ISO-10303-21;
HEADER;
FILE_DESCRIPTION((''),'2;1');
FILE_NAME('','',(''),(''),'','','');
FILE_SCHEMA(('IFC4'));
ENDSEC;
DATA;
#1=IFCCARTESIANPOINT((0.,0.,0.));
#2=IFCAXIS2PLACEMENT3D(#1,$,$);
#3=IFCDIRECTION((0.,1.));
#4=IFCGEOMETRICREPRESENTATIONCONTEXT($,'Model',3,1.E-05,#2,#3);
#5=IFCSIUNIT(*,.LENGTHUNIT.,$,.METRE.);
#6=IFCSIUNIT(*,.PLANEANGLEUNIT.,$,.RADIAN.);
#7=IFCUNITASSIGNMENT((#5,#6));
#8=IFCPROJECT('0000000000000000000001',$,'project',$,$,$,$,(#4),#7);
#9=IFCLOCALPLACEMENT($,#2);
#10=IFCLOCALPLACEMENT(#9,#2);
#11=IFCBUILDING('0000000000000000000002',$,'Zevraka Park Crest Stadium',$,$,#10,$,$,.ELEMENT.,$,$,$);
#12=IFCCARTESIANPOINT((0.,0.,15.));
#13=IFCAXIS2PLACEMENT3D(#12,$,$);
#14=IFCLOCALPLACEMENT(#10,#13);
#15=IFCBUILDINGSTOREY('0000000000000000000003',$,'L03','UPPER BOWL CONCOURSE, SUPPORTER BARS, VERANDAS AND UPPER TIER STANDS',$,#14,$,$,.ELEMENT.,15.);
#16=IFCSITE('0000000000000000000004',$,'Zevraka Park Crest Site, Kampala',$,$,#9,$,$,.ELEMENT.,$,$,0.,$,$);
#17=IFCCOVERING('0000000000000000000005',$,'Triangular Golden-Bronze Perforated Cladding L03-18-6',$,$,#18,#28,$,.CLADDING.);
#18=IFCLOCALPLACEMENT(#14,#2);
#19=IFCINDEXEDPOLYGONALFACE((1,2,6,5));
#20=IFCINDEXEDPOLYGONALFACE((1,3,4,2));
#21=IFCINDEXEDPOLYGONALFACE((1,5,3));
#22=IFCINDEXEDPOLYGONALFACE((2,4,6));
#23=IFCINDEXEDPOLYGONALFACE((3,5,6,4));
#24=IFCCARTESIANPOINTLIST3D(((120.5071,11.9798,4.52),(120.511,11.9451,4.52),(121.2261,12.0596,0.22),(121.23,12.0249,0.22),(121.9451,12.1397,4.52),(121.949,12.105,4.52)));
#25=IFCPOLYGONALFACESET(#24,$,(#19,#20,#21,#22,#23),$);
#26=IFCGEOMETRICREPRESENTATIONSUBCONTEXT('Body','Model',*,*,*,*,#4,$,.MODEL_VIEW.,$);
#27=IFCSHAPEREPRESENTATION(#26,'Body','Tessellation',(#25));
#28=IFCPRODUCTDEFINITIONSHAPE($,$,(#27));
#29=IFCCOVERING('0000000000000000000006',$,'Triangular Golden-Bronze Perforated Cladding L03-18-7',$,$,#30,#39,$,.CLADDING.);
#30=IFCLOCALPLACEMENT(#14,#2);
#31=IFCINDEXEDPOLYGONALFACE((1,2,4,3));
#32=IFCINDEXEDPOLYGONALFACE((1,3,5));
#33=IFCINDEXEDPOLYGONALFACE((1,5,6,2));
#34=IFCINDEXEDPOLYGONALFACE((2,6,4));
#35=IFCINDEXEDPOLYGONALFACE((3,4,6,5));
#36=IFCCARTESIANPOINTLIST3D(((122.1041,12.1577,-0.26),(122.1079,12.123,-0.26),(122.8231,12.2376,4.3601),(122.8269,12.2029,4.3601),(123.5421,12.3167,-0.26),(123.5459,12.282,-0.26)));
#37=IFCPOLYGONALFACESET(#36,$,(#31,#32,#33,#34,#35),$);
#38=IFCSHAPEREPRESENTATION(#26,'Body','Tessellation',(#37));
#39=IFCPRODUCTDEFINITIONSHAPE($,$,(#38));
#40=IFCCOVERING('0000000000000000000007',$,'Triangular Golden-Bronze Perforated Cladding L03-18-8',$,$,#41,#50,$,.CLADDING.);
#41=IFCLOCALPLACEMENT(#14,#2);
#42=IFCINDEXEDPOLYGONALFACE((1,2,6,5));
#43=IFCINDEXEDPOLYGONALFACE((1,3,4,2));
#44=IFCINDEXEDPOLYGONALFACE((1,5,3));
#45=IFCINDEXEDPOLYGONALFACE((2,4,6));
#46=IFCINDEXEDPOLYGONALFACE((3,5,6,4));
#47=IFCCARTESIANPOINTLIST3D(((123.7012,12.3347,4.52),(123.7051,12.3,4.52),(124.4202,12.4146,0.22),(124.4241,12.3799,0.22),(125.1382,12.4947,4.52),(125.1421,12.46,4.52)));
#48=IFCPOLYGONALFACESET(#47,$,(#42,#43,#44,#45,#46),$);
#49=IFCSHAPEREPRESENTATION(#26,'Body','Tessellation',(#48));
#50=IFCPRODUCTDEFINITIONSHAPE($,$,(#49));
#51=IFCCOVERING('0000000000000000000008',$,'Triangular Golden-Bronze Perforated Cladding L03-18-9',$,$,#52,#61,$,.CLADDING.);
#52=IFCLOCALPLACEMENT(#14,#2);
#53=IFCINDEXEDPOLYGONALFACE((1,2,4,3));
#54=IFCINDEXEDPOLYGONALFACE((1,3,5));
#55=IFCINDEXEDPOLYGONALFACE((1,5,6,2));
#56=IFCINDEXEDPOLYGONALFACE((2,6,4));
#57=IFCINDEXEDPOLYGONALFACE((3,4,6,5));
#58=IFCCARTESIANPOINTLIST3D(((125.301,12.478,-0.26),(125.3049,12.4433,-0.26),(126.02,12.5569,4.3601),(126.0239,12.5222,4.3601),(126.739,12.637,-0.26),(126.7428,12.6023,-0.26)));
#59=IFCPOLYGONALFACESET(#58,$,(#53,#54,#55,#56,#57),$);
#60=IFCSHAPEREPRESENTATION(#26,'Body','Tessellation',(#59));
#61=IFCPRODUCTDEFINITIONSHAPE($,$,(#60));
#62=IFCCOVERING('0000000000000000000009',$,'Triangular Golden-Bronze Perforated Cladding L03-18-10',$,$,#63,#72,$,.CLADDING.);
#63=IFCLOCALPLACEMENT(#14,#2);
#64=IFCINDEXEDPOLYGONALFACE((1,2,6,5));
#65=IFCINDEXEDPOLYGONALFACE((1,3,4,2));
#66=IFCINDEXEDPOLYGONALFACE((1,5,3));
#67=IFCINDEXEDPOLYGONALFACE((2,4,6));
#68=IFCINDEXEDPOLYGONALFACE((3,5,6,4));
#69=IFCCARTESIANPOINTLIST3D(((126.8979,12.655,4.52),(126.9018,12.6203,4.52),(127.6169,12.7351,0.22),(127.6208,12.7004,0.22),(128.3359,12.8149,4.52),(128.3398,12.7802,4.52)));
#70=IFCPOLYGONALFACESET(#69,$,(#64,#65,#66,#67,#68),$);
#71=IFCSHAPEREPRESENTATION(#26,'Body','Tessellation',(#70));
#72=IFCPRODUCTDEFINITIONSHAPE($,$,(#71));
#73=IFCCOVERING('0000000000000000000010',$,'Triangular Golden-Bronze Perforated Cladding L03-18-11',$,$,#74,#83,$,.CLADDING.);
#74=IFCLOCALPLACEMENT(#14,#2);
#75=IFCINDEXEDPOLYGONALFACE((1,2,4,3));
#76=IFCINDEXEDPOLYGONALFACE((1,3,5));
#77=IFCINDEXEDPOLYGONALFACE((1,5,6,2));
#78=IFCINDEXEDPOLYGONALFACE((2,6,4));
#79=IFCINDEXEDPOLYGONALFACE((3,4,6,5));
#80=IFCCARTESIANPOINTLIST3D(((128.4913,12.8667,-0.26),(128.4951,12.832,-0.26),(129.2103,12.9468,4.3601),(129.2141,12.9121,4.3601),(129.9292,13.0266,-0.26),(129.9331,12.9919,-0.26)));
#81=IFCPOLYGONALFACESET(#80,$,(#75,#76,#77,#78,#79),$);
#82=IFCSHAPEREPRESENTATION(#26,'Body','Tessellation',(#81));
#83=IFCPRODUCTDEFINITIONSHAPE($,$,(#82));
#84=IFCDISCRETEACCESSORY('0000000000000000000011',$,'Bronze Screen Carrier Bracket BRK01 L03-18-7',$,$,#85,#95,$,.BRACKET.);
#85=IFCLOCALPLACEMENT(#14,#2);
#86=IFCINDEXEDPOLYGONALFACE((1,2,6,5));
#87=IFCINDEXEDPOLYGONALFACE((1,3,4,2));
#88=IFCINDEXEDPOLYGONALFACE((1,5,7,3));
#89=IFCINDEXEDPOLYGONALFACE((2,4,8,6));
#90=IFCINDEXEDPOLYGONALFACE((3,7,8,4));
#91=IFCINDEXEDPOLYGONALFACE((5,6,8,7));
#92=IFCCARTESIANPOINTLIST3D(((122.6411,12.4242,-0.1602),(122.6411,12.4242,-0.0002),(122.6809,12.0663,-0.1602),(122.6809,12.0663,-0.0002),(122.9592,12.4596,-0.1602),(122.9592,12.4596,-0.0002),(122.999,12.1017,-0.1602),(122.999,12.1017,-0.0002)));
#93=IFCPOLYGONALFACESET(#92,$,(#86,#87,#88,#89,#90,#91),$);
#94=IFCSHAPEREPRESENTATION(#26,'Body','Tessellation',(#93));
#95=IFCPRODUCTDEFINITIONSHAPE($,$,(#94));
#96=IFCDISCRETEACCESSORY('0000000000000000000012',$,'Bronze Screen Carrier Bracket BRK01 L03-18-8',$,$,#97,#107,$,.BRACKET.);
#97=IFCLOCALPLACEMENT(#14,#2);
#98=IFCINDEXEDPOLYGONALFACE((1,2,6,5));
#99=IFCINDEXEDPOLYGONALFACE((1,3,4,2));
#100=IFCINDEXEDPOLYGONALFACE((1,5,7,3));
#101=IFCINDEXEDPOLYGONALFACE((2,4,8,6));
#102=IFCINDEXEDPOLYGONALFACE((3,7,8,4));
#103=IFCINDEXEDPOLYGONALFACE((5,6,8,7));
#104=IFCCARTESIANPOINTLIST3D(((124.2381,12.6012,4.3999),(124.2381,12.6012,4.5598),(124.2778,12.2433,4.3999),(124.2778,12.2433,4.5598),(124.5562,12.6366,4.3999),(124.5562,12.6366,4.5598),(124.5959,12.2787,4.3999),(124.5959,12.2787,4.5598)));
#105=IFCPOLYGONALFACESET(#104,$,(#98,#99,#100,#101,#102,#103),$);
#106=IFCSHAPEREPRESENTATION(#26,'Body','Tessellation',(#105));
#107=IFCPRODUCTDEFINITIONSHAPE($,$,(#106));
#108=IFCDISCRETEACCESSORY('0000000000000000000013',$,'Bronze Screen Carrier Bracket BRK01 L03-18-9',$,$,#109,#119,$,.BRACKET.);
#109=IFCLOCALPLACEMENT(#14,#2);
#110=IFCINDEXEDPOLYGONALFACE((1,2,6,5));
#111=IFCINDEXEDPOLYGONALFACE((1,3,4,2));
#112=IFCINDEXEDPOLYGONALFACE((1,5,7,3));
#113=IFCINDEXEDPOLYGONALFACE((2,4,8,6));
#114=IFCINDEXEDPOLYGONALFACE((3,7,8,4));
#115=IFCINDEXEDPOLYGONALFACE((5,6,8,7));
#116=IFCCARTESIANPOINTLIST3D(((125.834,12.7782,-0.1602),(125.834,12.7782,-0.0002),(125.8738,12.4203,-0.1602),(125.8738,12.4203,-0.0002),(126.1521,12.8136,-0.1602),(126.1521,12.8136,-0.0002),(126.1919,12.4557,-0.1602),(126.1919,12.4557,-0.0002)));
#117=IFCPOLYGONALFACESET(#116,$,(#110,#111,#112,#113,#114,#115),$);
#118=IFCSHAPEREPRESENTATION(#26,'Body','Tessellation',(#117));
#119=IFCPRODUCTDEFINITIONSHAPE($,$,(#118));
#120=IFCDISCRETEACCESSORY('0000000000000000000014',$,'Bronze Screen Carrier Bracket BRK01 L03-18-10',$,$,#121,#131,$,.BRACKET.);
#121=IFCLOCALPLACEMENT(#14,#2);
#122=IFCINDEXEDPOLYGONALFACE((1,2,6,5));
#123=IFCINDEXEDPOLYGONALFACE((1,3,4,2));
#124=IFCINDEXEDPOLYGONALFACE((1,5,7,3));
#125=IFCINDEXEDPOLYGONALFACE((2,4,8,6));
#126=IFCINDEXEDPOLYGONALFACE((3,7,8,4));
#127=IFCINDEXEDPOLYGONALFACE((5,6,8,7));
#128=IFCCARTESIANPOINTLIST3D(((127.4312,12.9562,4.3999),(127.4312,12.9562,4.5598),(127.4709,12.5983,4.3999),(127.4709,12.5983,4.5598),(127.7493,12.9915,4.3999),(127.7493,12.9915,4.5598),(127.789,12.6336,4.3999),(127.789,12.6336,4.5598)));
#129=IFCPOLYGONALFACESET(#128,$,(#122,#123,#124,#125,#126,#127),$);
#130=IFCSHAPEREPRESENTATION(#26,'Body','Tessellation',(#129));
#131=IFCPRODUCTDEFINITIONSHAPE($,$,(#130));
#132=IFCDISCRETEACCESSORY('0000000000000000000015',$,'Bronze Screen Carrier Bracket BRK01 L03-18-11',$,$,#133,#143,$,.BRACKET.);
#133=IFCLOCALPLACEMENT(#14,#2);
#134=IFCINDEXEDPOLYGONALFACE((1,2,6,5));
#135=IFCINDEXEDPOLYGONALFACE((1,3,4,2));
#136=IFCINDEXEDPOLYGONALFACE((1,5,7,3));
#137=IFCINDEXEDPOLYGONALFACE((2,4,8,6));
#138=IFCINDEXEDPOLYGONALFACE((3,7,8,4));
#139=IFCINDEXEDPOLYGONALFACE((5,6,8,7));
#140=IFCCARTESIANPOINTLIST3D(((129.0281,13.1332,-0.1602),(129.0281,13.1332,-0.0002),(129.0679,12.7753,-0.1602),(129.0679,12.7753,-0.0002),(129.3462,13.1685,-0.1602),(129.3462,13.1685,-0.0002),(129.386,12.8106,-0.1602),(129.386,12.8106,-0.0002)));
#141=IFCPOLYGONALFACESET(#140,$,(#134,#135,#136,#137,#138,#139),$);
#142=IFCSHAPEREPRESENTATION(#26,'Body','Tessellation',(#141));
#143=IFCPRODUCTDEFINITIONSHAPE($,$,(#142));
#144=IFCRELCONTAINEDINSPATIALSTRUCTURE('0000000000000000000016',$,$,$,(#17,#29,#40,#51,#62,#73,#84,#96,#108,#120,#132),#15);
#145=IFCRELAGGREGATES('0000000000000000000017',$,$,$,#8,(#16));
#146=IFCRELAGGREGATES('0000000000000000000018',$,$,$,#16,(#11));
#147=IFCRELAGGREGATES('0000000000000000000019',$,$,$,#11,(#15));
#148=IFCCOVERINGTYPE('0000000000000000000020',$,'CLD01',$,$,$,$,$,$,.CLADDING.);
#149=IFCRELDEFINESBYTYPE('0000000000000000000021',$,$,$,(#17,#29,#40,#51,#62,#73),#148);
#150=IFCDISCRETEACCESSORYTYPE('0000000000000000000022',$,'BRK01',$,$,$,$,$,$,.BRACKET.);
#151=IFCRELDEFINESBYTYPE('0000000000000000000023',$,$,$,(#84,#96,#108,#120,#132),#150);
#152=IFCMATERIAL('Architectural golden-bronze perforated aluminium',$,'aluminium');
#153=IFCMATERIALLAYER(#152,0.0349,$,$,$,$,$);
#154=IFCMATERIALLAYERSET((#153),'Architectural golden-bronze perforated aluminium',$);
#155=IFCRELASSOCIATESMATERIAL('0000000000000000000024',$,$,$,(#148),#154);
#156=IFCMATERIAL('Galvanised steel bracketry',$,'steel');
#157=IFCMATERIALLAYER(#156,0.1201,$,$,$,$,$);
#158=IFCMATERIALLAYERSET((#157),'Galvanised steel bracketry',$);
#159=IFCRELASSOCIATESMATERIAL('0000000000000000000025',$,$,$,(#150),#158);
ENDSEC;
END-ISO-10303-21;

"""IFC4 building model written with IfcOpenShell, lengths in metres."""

from ifc_helpers import new_model, si_unit, direction, frame, origin, origin_2d, place, context, subcontext, project, spatial, polyline, rectangle, outline, extrude, material, layer, layer_set, type_object, element, save


model = new_model("IFC4")

# Units and contexts
model_context = context("Model", 3, precision=1e-05, world=origin(), true_north=direction((0.0, 1.0)))
body_context = subcontext(model_context, "Body", "Model", "MODEL_VIEW")
ifc_project = project(units=[si_unit("LENGTHUNIT", "METRE"), si_unit("PLANEANGLEUNIT", "RADIAN")], contexts=[model_context])

# Site, building, storey
site_placement = place(None, origin())
site = spatial("IfcSite", under=ifc_project, at=site_placement, Name="Zevraka Park Crest Site, Kampala", CompositionType="ELEMENT", RefElevation=0.0)
building_placement = place(site_placement, origin())
building = spatial("IfcBuilding", under=site, at=building_placement, Name="Zevraka Park Crest Stadium", CompositionType="ELEMENT")
storey_placement = place(building_placement, frame((0.0, 0.0, 15.0)))
storey = spatial("IfcBuildingStorey", under=building, at=storey_placement, Name="L03", Description="UPPER BOWL CONCOURSE, SUPPORTER BARS, VERANDAS AND UPPER TIER STANDS", CompositionType="ELEMENT", Elevation=15.0)

# Coverings
ifc_material_1 = material(Name="Architectural golden-bronze perforated aluminium", Category="aluminium")
ifc_layer_1 = layer(ifc_material_1, 0.0349)
ifc_layer_set_1 = layer_set([ifc_layer_1], Name="Architectural golden-bronze perforated aluminium")
covering_type = type_object("IfcCoveringType", Name="CLD01", PredefinedType="CLADDING", material=ifc_layer_set_1)
covering_1_placement = place(storey_placement, frame((121.949, 12.105, 4.52), z_axis=(0.110524, -0.993873, 0.000028), x_axis=(-0.993873, -0.110524, 0.0)))
element("IfcCovering", 1, at=covering_1_placement, inside=storey, type_object=covering_type, Name="Triangular Golden-Bronze Perforated Cladding L03-18-6", PredefinedType="CLADDING", context=body_context, shape_type="SweptSolid", body=[
    extrude(outline(polyline([(0.0, 0.0), (1.4469, 0.0), (0.7234, 4.3), (0.0, 0.0)])), origin(), (0.0, 0.0, -1.0), 0.0349),
])
covering_2_placement = place(storey_placement, frame((122.1079, 12.123, -0.26), z_axis=(0.109857, -0.993947, 0.000079), x_axis=(0.993947, 0.109857, 0.0)))
element("IfcCovering", 2, at=covering_2_placement, inside=storey, type_object=covering_type, Name="Triangular Golden-Bronze Perforated Cladding L03-18-7", PredefinedType="CLADDING", context=body_context, shape_type="SweptSolid", body=[
    extrude(outline(polyline([(0.0, 0.0), (1.4467, 0.0), (0.7234, 4.6201), (0.0, 0.0)])), origin(), (0.0, 0.0, -1.0), 0.0349),
])
covering_3_placement = place(storey_placement, frame((125.1421, 12.46, 4.52), z_axis=(0.110598, -0.993865, 0.000041), x_axis=(-0.993865, -0.110598, 0.0)))
element("IfcCovering", 3, at=covering_3_placement, inside=storey, type_object=covering_type, Name="Triangular Golden-Bronze Perforated Cladding L03-18-8", PredefinedType="CLADDING", context=body_context, shape_type="SweptSolid", body=[
    extrude(outline(polyline([(0.0, 0.0), (1.4459, 0.0), (0.7225, 4.3), (0.0, 0.0)])), origin(), (0.0, 0.0, -1.0), 0.0349),
])
covering_4_placement = place(storey_placement, frame((125.301, 12.478, -0.26), z_axis=(-0.109857, 0.993947, 0.000131), x_axis=(0.993947, 0.109857, 0.0)))
element("IfcCovering", 4, at=covering_4_placement, inside=storey, type_object=covering_type, Name="Triangular Golden-Bronze Perforated Cladding L03-18-9", PredefinedType="CLADDING", context=body_context, shape_type="SweptSolid", body=[
    extrude(outline(polyline([(0.0, 0.0), (1.4467, 0.0), (0.7233, -4.6201), (0.0, 0.0)])), origin(), (0.0, 0.0, -1.0), 0.0349),
])
covering_5_placement = place(storey_placement, frame((128.3359, 12.8149, 4.52), z_axis=(-0.110524, 0.993873, 0.000028), x_axis=(-0.993873, -0.110524, 0.0)))
element("IfcCovering", 5, at=covering_5_placement, inside=storey, type_object=covering_type, Name="Triangular Golden-Bronze Perforated Cladding L03-18-10", PredefinedType="CLADDING", context=body_context, shape_type="SweptSolid", body=[
    extrude(outline(polyline([(0.0, 0.0), (1.4469, 0.0), (0.7234, -4.3), (0.0, 0.0)])), origin(), (0.0, 0.0, -1.0), 0.0349),
])
covering_6_placement = place(storey_placement, frame((128.4951, 12.832, -0.26), z_axis=(0.110524, -0.993873, 0.000026), x_axis=(0.993873, 0.110524, 0.0)))
element("IfcCovering", 6, at=covering_6_placement, inside=storey, type_object=covering_type, Name="Triangular Golden-Bronze Perforated Cladding L03-18-11", PredefinedType="CLADDING", context=body_context, shape_type="SweptSolid", body=[
    extrude(outline(polyline([(0.0, 0.0), (1.4469, 0.0), (0.7234, 4.6201), (0.0, 0.0)])), origin(), (0.0, 0.0, -1.0), 0.0349),
])

# Discrete accessories
ifc_material_2 = material(Name="Galvanised steel bracketry", Category="steel")
ifc_layer_2 = layer(ifc_material_2, 0.1201)
ifc_layer_set_2 = layer_set([ifc_layer_2], Name="Galvanised steel bracketry")
discrete_accessory_type = type_object("IfcDiscreteAccessoryType", Name="BRK01", PredefinedType="BRACKET", material=ifc_layer_set_2)
for number, where, z_axis, x_axis, name in (
    (7, (122.8201, 12.2629, -0.1602), (0.0, 0.0, 1.0), (0.993884, 0.110428, 0.0), "Bronze Screen Carrier Bracket BRK01 L03-18-7"),
    (8, (124.417, 12.4399, 4.3999), (0.0, 0.0, 1.0), (0.993884, 0.110428, 0.0), "Bronze Screen Carrier Bracket BRK01 L03-18-8"),
    (9, (126.0129, 12.6169, -0.1602), (0.0, 0.0, 1.0), (0.993884, 0.110428, 0.0), "Bronze Screen Carrier Bracket BRK01 L03-18-9"),
    (10, (127.6101, 12.7949, 4.3999), (0.0, 0.0, 1.0), (0.993884, 0.110428, 0.0), "Bronze Screen Carrier Bracket BRK01 L03-18-10"),
    (11, (129.207, 12.9719, -0.1602), (0.0, 0.0, 1.0), (0.993884, 0.110428, 0.0), "Bronze Screen Carrier Bracket BRK01 L03-18-11"),
):
    element("IfcDiscreteAccessory", number, at=place(storey_placement, frame(where, z_axis=z_axis, x_axis=x_axis)), inside=storey, type_object=discrete_accessory_type, Name=name, PredefinedType="BRACKET", context=body_context, shape_type="SweptSolid", body=[
        extrude(rectangle(XDim=0.3201, YDim=0.3601, at=origin_2d()), origin(), (0.0, 0.0, 1.0), 0.1599),
    ])

save(model, "model.ifc")
